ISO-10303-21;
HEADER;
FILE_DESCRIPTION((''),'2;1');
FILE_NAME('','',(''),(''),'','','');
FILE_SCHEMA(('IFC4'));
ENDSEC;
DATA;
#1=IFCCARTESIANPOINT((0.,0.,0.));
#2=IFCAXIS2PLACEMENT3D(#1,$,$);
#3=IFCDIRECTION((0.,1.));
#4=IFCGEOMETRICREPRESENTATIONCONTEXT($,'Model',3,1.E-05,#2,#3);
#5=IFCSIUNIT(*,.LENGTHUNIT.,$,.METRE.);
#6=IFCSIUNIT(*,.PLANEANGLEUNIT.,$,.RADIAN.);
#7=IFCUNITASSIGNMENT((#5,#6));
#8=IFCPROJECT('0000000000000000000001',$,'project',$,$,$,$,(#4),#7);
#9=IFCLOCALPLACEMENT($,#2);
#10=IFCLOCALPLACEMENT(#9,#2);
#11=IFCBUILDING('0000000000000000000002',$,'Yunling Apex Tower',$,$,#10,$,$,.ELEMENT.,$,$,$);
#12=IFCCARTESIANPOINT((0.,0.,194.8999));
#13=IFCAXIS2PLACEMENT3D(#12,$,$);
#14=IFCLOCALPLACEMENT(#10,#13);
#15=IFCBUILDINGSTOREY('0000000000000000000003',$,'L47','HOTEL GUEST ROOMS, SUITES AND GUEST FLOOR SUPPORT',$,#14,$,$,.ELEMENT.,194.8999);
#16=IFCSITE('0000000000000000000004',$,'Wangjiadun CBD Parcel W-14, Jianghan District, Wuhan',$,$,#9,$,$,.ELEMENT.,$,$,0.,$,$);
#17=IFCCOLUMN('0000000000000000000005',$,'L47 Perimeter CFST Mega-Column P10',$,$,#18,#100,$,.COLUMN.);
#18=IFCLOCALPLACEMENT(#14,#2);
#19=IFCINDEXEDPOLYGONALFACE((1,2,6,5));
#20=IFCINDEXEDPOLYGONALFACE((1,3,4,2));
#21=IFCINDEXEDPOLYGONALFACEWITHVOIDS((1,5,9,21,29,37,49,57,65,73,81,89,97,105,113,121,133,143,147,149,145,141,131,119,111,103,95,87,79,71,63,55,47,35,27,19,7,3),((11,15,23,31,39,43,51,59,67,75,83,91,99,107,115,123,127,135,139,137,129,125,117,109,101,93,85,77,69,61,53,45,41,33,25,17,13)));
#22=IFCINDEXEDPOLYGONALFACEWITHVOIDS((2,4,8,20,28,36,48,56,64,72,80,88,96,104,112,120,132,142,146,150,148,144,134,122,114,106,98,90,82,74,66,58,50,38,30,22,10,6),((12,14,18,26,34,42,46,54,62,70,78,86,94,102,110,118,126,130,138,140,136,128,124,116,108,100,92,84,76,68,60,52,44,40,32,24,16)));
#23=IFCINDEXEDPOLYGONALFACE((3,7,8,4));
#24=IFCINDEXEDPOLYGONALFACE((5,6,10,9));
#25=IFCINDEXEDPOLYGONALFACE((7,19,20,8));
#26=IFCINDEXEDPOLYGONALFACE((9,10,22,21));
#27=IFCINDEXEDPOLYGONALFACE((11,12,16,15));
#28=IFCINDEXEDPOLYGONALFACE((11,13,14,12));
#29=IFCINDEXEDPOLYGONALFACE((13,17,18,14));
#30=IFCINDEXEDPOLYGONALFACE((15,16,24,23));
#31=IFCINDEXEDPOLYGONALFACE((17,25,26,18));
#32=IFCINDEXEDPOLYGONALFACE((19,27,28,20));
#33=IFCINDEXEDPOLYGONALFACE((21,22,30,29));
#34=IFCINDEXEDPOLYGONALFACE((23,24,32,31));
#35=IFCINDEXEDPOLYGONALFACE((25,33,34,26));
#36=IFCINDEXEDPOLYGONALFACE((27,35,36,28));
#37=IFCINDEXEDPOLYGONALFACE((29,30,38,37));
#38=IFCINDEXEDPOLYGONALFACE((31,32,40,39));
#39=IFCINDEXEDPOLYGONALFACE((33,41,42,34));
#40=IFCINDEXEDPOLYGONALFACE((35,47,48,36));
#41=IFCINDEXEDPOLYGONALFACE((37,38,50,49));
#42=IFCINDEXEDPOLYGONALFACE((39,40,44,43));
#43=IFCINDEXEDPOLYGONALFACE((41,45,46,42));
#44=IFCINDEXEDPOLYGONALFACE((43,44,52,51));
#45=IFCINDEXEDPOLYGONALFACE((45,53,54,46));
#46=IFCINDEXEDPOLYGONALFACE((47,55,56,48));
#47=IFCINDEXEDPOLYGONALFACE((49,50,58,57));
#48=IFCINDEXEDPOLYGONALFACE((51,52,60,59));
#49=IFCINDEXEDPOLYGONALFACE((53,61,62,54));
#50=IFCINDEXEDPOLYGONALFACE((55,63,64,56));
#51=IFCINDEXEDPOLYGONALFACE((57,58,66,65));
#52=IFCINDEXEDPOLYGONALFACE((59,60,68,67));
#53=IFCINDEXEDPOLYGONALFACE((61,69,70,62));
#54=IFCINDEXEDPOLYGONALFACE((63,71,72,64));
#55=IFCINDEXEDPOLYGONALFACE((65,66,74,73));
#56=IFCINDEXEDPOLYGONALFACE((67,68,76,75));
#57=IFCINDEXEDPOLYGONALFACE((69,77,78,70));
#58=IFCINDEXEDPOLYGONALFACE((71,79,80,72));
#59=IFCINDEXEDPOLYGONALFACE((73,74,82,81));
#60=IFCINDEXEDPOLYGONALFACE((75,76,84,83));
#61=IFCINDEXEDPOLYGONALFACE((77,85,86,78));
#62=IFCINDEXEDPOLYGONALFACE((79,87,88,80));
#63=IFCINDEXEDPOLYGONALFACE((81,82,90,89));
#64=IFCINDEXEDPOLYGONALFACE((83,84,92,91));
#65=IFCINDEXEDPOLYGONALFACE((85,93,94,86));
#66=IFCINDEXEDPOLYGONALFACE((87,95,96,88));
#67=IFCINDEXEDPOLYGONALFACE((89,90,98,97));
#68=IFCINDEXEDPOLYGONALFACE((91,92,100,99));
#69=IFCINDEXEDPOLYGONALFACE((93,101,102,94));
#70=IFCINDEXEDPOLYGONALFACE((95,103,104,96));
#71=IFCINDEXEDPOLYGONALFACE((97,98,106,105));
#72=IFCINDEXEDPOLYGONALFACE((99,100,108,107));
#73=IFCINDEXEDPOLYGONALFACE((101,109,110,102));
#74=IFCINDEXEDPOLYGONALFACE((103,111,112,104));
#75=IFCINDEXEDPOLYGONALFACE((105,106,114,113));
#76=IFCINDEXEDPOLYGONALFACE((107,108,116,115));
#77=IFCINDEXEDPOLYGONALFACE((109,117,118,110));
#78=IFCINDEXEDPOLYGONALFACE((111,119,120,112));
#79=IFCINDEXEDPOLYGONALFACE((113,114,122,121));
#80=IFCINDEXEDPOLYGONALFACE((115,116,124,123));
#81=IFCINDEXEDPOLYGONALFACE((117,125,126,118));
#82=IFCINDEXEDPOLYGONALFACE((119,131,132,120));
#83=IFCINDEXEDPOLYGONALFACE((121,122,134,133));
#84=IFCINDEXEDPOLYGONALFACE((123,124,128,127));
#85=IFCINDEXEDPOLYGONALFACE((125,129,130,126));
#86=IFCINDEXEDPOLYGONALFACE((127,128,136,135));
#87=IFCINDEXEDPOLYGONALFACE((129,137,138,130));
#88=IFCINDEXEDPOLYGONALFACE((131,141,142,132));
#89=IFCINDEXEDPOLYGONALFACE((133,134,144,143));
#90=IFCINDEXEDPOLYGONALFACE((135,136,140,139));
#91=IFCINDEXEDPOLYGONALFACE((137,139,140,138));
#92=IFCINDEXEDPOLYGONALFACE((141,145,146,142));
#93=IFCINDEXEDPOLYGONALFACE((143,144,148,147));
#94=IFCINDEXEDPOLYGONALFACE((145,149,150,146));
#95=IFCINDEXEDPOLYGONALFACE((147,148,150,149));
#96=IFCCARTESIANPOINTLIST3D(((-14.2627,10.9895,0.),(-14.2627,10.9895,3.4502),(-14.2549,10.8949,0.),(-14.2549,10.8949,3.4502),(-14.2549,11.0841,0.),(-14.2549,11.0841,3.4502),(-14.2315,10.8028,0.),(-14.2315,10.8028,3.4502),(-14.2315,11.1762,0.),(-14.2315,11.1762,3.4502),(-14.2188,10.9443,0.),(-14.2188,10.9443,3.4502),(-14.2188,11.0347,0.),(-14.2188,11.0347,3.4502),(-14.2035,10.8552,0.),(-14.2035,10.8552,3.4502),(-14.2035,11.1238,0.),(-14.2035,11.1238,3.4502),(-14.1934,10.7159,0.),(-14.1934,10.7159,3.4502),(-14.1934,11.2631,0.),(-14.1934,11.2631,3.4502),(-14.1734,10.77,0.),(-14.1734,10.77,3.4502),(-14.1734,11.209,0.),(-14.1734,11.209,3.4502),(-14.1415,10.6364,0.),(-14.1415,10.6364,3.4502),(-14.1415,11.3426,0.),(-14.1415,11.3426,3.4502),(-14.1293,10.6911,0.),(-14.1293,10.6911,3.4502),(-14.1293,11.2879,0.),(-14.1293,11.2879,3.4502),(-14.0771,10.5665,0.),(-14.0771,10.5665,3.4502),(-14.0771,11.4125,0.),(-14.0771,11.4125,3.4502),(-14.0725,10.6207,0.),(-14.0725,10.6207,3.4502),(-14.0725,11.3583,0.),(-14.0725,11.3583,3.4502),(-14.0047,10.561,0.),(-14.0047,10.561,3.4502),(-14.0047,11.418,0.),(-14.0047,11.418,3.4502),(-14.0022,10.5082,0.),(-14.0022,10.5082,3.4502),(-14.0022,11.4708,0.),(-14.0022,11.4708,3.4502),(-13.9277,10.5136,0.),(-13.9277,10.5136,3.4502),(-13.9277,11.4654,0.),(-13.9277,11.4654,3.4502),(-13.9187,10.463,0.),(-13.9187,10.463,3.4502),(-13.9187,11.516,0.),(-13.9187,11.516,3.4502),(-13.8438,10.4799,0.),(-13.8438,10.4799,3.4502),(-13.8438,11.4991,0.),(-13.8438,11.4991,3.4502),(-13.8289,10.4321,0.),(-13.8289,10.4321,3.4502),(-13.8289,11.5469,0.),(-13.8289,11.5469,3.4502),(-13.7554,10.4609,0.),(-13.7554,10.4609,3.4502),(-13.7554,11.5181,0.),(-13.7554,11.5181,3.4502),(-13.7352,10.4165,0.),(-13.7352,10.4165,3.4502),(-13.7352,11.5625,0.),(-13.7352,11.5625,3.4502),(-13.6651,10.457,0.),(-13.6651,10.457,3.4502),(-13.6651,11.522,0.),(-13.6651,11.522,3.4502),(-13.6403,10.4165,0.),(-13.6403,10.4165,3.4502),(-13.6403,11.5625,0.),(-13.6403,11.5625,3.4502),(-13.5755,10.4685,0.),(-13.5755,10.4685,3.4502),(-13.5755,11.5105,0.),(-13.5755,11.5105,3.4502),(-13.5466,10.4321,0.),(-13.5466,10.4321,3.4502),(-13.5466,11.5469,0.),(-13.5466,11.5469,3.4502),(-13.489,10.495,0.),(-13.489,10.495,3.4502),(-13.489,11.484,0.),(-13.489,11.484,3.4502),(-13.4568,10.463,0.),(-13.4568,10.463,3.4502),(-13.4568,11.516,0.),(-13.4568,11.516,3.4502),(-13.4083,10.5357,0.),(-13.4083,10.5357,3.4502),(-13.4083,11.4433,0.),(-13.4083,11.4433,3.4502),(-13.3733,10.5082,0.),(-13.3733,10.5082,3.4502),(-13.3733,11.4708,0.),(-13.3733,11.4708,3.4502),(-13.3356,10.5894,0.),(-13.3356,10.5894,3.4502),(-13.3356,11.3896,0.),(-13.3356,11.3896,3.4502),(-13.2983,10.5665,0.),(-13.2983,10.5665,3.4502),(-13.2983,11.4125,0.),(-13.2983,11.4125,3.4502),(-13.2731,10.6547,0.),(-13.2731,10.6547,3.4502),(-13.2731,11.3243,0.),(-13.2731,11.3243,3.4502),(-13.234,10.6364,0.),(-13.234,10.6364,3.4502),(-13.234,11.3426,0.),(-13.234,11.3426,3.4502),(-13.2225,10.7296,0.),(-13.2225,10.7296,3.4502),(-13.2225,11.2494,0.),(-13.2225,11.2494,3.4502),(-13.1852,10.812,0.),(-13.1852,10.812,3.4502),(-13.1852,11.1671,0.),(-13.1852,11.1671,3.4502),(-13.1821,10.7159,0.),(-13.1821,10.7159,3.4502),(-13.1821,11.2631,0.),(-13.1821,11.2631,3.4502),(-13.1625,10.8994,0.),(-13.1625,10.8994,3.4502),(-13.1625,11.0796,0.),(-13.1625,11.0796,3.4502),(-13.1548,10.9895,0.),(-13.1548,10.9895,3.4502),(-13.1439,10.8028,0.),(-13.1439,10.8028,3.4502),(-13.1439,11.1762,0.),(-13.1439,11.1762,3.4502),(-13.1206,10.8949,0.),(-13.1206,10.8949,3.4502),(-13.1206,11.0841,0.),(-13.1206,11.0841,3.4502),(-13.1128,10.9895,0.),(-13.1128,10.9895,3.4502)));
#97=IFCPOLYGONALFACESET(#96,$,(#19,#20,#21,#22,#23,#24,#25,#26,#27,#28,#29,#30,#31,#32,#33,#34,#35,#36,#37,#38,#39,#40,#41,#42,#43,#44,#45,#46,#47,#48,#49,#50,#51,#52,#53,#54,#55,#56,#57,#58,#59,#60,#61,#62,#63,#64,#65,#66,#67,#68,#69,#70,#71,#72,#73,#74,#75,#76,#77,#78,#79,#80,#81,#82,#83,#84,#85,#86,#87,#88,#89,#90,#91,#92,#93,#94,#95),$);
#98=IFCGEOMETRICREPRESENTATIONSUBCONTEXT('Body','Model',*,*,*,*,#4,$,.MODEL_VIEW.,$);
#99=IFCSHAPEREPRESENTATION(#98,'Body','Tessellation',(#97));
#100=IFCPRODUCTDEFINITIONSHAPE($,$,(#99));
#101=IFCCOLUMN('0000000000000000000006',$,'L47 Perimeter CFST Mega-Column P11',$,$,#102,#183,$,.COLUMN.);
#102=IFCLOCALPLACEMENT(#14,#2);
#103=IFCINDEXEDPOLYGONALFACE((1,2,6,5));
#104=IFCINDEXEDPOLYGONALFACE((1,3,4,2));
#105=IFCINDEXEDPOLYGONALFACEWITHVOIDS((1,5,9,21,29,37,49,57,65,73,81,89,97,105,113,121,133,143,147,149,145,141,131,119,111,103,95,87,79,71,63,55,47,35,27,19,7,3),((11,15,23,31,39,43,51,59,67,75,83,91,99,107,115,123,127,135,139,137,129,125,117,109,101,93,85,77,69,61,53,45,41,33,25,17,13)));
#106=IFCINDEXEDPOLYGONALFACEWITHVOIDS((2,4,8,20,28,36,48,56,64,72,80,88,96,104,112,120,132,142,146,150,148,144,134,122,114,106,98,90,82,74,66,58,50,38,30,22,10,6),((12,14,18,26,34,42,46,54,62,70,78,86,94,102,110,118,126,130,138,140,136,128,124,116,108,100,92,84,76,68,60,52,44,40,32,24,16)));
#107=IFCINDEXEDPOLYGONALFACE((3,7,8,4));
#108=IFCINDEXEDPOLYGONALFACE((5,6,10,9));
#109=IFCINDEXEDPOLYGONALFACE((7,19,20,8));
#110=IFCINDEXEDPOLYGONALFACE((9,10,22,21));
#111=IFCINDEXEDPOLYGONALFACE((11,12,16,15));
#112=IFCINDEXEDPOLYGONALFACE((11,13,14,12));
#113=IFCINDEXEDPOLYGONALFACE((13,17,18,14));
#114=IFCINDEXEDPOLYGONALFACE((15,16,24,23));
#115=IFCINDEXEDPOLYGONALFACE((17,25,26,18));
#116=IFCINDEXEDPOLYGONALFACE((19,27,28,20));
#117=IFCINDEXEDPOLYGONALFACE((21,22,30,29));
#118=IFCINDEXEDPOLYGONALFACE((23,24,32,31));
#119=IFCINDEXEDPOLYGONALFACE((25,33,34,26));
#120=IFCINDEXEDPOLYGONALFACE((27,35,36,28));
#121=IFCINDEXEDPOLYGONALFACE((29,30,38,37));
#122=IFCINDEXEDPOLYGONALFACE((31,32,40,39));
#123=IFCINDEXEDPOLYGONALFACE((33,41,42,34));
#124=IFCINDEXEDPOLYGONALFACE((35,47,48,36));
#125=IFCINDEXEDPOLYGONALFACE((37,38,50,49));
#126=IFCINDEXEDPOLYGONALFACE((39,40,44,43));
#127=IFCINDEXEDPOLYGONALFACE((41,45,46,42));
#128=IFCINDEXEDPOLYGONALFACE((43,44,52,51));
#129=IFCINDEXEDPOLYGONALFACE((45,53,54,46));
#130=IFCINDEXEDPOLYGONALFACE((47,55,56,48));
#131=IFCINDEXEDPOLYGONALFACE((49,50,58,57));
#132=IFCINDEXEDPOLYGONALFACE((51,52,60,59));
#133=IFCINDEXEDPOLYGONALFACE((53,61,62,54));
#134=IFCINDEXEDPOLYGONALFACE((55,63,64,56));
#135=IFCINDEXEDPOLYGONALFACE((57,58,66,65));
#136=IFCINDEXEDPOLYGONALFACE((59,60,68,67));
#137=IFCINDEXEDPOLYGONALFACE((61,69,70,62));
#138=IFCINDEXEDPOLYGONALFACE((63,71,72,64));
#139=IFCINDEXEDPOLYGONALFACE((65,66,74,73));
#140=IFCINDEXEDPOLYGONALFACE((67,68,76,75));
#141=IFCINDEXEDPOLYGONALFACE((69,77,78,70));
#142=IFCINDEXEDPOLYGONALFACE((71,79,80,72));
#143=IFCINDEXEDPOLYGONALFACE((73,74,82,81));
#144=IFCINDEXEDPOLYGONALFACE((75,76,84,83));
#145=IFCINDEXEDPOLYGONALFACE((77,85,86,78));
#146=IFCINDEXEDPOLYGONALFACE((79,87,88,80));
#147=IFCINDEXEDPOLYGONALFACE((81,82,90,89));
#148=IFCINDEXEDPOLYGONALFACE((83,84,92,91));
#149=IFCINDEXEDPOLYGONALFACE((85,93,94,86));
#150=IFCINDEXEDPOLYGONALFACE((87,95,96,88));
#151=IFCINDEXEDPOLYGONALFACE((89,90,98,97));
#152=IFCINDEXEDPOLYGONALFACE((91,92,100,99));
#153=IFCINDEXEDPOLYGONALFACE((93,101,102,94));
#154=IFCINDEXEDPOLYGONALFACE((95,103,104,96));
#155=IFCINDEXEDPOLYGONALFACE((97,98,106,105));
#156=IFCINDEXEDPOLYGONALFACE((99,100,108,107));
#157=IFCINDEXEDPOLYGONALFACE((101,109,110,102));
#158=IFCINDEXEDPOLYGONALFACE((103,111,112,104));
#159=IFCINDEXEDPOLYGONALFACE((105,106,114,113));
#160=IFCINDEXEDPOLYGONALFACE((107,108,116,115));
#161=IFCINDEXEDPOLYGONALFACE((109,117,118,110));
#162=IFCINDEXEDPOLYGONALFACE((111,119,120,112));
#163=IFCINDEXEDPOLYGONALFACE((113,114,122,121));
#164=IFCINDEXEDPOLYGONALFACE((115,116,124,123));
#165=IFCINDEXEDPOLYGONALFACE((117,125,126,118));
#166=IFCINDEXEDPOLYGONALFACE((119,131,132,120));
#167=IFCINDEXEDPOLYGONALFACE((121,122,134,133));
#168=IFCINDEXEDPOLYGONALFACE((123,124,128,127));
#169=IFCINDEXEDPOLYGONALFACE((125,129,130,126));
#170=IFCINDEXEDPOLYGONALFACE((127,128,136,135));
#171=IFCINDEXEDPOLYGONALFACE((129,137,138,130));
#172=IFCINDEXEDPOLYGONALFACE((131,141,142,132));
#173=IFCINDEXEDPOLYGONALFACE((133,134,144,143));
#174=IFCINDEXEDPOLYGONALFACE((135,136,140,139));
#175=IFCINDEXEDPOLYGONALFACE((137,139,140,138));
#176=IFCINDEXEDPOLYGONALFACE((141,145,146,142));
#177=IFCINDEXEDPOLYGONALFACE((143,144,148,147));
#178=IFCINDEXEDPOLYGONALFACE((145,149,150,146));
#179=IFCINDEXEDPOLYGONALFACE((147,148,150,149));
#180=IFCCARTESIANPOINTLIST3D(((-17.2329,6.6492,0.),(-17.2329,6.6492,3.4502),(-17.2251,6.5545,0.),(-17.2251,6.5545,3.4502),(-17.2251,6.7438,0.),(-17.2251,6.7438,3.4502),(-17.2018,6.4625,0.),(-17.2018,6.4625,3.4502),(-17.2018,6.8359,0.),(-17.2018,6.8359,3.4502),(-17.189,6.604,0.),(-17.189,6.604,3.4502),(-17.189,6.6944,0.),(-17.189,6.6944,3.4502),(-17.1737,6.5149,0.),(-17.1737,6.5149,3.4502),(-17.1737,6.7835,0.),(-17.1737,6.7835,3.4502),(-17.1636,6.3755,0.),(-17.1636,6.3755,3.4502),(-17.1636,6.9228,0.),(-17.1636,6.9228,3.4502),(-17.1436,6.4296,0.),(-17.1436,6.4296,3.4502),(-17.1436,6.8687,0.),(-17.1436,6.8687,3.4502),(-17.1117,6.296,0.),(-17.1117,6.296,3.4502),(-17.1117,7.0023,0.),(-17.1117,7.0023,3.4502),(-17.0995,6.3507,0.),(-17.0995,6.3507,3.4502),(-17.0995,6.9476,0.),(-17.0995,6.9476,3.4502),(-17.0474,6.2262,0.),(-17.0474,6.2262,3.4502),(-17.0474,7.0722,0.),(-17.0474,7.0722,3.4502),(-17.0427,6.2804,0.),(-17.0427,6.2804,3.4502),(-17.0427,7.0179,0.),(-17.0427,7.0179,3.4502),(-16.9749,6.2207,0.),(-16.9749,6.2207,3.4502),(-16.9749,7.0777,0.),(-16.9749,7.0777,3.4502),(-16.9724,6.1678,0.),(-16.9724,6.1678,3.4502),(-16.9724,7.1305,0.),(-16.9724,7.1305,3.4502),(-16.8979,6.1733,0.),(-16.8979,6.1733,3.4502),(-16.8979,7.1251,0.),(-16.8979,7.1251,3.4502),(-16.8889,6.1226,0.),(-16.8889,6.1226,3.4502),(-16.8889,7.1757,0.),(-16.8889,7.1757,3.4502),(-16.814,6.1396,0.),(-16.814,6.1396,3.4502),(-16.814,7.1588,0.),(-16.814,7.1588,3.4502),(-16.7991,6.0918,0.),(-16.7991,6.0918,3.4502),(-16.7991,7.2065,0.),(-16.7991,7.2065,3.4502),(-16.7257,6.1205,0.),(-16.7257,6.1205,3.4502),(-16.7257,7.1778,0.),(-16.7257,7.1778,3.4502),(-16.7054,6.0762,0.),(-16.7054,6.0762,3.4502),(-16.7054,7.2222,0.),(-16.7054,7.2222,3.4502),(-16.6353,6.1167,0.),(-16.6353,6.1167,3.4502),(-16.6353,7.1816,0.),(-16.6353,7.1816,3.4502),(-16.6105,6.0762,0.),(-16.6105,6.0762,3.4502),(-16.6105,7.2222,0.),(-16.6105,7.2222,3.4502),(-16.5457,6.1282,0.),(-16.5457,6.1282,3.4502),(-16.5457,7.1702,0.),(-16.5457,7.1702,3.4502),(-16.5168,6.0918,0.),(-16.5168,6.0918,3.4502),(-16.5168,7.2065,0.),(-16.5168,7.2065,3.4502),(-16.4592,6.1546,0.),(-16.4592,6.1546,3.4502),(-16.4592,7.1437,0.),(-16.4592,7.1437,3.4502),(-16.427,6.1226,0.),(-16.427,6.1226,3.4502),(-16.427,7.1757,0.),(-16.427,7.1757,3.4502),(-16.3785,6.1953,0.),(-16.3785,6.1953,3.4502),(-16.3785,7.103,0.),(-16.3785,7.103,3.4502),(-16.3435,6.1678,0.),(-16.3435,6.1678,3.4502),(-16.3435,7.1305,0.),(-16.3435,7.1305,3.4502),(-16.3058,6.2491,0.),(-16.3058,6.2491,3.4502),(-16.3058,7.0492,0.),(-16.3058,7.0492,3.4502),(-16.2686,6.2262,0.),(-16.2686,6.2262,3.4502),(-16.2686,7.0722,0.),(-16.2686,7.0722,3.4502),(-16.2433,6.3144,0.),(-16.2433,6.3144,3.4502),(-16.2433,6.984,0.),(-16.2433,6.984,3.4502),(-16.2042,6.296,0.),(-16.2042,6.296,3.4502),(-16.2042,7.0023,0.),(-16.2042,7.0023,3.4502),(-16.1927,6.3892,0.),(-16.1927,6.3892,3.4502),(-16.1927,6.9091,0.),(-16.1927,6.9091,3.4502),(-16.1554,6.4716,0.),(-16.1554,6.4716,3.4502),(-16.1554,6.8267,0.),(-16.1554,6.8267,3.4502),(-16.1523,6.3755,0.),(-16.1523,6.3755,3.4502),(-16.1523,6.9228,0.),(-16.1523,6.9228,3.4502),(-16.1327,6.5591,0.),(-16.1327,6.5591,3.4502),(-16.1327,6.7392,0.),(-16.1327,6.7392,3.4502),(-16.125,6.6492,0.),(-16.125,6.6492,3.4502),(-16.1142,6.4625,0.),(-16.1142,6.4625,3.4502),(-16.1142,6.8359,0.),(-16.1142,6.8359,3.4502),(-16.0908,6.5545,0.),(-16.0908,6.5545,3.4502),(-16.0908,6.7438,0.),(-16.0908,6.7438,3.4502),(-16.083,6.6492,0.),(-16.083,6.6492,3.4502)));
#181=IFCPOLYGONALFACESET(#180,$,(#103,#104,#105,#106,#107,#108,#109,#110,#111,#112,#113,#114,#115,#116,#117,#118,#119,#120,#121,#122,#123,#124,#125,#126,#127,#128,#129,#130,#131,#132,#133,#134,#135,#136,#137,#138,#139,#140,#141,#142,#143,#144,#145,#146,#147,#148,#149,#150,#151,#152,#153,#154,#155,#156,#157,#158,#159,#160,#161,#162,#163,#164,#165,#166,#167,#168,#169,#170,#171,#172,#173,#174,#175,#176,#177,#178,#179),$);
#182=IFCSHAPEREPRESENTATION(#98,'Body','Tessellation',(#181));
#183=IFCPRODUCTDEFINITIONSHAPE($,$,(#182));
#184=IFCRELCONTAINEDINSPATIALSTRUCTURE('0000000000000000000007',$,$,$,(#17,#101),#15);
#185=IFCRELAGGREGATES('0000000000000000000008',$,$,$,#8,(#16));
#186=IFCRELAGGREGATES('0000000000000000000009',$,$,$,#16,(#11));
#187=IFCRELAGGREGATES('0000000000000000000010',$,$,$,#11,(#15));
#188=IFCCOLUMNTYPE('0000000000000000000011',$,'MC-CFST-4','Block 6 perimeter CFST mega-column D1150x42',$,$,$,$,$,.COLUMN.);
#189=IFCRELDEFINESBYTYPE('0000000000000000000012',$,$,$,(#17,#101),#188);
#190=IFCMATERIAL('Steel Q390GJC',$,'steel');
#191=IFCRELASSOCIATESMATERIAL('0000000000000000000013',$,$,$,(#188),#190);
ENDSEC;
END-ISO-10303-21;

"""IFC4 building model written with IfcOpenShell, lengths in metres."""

from ifc_helpers import new_model, si_unit, direction, frame, origin, origin_2d, place, context, subcontext, project, spatial, hollow_circle, extrude, source, transform, mapped, material, material_profile, profile_set, type_object, element, save


model = new_model("IFC4")

# Units and contexts
model_context = context("Model", 3, precision=1e-05, world=origin(), true_north=direction((0.0, 1.0)))
body_context = subcontext(model_context, "Body", "Model", "MODEL_VIEW")
ifc_project = project(units=[si_unit("LENGTHUNIT", "METRE"), si_unit("PLANEANGLEUNIT", "RADIAN")], contexts=[model_context])

# Site, building, storey
site_placement = place(None, origin())
site = spatial("IfcSite", under=ifc_project, at=site_placement, Name="Wangjiadun CBD Parcel W-14, Jianghan District, Wuhan", CompositionType="ELEMENT", RefElevation=0.0)
building_placement = place(site_placement, origin())
building = spatial("IfcBuilding", under=site, at=building_placement, Name="Yunling Apex Tower", CompositionType="ELEMENT")
storey_placement = place(building_placement, frame((0.0, 0.0, 194.8999)))
storey = spatial("IfcBuildingStorey", under=building, at=storey_placement, Name="L47", Description="HOTEL GUEST ROOMS, SUITES AND GUEST FLOOR SUPPORT", CompositionType="ELEMENT", Elevation=194.8999)

# Columns
ifc_material_1 = material(Name="Steel Q390GJC", Category="steel")
ifc_material_profile_1 = material_profile(ifc_material_1, hollow_circle(Radius=0.575, WallThickness=0.042, at=origin_2d()))
ifc_profile_set_1 = profile_set([ifc_material_profile_1], Name="Steel Q390GJC")
column_type = type_object("IfcColumnType", Name="MC-CFST-4", Description="Block 6 perimeter CFST mega-column D1150x42", PredefinedType="COLUMN", material=ifc_profile_set_1)
shared_shape_1 = source(origin(), body_context, "Body", "SweptSolid", [
    extrude(hollow_circle(Radius=0.575, WallThickness=0.042, at=origin_2d()), origin(), (0.0, 0.0, 1.0), 3.4502),
])
for number, where, z_axis, x_axis, name in (
    (1, (-13.6877, 10.9895, 0.0), (0.0, 0.0, 1.0), (1.0, 0.0, 0.0), "L47 Perimeter CFST Mega-Column P10"),
    (2, (-16.658, 6.6492, 0.0), (0.0, 0.0, 1.0), (1.0, 0.0, 0.0), "L47 Perimeter CFST Mega-Column P11"),
):
    element("IfcColumn", number, at=place(storey_placement, frame(where, z_axis=z_axis, x_axis=x_axis)), inside=storey, type_object=column_type, Name=name, PredefinedType="COLUMN", context=body_context, shape_type="MappedRepresentation", body=[
        mapped(shared_shape_1, transform((0.0, 0.0, 0.0), scale=1.0)),
    ])

save(model, "model.ifc")
